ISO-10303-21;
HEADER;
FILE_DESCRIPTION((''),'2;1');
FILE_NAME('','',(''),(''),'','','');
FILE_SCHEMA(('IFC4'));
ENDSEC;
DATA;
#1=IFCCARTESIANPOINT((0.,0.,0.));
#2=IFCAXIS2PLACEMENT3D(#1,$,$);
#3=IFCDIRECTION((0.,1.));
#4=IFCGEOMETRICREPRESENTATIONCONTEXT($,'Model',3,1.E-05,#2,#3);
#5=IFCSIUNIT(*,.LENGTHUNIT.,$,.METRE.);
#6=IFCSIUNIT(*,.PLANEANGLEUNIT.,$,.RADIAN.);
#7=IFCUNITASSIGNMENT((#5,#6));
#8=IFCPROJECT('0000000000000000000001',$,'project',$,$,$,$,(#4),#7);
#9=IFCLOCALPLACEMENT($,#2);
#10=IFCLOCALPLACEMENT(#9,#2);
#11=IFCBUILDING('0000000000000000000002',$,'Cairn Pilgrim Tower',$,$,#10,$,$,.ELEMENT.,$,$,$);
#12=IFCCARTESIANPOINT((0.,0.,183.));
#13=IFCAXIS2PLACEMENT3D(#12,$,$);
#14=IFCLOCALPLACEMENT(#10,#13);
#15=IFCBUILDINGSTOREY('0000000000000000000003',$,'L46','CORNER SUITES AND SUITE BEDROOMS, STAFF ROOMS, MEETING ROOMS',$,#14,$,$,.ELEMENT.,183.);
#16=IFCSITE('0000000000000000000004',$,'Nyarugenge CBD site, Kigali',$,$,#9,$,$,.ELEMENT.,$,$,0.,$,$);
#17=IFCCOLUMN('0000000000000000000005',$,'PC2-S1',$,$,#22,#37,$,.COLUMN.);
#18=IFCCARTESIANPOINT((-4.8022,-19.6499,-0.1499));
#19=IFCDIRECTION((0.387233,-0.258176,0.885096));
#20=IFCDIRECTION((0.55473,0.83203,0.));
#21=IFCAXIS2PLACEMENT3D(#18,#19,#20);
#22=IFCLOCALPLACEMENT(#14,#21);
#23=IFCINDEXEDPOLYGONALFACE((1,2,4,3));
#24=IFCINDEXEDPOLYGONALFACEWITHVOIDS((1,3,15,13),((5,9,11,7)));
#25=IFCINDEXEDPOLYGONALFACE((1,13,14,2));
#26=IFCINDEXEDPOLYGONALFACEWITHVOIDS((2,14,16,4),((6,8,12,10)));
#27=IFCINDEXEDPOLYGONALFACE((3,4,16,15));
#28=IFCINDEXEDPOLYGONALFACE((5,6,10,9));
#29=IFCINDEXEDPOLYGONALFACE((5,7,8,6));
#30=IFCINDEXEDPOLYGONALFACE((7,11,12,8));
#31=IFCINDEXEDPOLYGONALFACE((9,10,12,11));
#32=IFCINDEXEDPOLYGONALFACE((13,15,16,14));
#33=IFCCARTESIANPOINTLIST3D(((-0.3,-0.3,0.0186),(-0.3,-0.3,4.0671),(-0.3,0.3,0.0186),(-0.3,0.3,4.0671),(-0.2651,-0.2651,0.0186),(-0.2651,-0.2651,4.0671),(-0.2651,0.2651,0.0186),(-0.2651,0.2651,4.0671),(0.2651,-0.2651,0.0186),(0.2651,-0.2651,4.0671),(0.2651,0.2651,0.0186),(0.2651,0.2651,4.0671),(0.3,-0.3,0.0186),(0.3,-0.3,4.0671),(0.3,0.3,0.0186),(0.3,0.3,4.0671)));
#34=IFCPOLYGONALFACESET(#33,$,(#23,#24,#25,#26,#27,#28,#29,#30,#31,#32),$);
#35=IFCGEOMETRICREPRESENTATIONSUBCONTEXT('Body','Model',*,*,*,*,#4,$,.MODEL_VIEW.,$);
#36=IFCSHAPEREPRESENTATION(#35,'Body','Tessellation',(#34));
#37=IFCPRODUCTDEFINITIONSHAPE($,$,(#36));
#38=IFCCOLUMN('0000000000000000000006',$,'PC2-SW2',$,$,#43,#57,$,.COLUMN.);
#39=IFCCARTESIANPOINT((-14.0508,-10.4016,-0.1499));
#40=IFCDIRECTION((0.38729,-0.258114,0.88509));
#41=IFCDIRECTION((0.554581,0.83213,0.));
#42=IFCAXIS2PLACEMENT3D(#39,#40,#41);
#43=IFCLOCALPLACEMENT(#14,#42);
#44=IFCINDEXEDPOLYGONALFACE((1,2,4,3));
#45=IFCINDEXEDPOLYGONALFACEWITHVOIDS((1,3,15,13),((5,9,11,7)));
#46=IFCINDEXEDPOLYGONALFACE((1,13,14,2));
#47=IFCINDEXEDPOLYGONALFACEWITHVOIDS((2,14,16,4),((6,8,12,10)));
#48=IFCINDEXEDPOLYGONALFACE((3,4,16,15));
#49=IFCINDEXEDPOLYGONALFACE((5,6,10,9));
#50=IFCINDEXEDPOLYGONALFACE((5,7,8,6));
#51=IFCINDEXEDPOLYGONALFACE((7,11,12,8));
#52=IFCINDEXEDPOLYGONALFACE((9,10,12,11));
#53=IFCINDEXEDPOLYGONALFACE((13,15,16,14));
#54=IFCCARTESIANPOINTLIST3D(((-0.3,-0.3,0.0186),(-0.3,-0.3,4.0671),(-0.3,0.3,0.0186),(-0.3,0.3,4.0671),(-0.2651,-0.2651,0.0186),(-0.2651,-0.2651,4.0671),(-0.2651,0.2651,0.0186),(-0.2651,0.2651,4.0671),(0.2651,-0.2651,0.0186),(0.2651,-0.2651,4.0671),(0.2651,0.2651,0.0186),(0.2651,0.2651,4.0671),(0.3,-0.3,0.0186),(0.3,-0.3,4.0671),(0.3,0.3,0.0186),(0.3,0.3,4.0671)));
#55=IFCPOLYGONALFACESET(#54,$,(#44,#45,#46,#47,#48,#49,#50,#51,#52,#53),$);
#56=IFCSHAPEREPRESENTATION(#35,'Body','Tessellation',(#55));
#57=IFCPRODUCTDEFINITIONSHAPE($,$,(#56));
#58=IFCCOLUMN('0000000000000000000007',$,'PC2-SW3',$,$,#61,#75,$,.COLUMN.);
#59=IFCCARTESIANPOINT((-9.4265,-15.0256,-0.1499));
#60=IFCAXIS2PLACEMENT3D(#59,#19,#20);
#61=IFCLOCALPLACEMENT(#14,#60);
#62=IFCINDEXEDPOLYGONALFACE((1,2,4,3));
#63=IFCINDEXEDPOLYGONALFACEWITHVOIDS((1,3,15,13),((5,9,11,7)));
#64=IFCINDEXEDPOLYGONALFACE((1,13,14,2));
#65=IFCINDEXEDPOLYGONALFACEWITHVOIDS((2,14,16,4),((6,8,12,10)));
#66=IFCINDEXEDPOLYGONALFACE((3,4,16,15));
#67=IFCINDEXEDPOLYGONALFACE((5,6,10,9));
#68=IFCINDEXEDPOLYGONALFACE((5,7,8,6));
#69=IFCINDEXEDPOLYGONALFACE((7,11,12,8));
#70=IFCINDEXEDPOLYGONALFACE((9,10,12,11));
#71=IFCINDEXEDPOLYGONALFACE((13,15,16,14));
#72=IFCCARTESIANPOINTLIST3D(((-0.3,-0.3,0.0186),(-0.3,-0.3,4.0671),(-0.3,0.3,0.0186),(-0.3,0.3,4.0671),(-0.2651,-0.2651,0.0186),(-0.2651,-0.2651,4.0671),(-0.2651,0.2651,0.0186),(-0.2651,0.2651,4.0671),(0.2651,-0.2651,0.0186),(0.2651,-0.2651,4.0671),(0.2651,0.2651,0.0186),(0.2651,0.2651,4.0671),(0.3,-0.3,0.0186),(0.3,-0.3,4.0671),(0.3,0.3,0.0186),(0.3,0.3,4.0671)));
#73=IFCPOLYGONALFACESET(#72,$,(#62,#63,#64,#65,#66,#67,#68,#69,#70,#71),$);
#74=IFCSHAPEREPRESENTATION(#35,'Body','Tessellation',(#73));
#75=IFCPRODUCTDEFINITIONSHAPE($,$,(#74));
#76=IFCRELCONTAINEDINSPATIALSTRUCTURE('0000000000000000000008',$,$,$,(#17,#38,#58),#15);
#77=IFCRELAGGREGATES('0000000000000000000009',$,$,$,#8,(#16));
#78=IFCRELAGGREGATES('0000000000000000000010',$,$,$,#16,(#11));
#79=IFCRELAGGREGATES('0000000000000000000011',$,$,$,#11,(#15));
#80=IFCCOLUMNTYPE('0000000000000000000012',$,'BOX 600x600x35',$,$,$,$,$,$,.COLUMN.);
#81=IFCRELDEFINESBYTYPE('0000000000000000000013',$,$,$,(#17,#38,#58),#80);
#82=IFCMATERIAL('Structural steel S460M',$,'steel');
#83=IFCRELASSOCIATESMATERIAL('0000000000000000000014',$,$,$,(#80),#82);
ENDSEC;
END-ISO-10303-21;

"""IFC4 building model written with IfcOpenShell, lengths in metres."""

from ifc_helpers import new_model, si_unit, direction, frame, origin, origin_2d, place, context, subcontext, project, spatial, hollow_rectangle, extrude, clip, halfspace, material, material_profile, profile_set, type_object, element, save


model = new_model("IFC4")

# Units and contexts
model_context = context("Model", 3, precision=1e-05, world=origin(), true_north=direction((0.0, 1.0)))
body_context = subcontext(model_context, "Body", "Model", "MODEL_VIEW")
ifc_project = project(units=[si_unit("LENGTHUNIT", "METRE"), si_unit("PLANEANGLEUNIT", "RADIAN")], contexts=[model_context])

# Site, building, storey
site_placement = place(None, origin())
site = spatial("IfcSite", under=ifc_project, at=site_placement, Name="Nyarugenge CBD site, Kigali", CompositionType="ELEMENT", RefElevation=0.0)
building_placement = place(site_placement, origin())
building = spatial("IfcBuilding", under=site, at=building_placement, Name="Cairn Pilgrim Tower", CompositionType="ELEMENT")
storey_placement = place(building_placement, frame((0.0, 0.0, 183.0)))
storey = spatial("IfcBuildingStorey", under=building, at=storey_placement, Name="L46", Description="CORNER SUITES AND SUITE BEDROOMS, STAFF ROOMS, MEETING ROOMS", CompositionType="ELEMENT", Elevation=183.0)

# Columns
ifc_material_1 = material(Name="Structural steel S460M", Category="steel")
ifc_material_profile_1 = material_profile(ifc_material_1, hollow_rectangle(XDim=0.6001, YDim=0.6001, WallThickness=0.0349, at=origin_2d()), Name="BOX 600x600x35")
ifc_profile_set_1 = profile_set([ifc_material_profile_1], Name="Structural steel S460M")
column_type = type_object("IfcColumnType", Name="BOX 600x600x35", PredefinedType="COLUMN", material=ifc_profile_set_1)
for number, where, z_axis, x_axis, name in (
    (1, (-4.8022, -19.6499, -0.1499), (0.387233, -0.258176, 0.885096), (0.55473, 0.83203, 0.0), "PC2-S1"),
    (2, (-14.0508, -10.4016, -0.1499), (0.38729, -0.258114, 0.88509), (0.554581, 0.83213, 0.0), "PC2-SW2"),
    (3, (-9.4265, -15.0256, -0.1499), (0.387233, -0.258176, 0.885096), (0.55473, 0.83203, 0.0), "PC2-SW3"),
):
    element("IfcColumn", number, at=place(storey_placement, frame(where, z_axis=z_axis, x_axis=x_axis)), inside=storey, type_object=column_type, Name=name, PredefinedType="COLUMN", context=body_context, shape_type="Clipping", body=[
        clip(extrude(hollow_rectangle(XDim=0.6001, YDim=0.6001, WallThickness=0.0349, at=origin_2d()), origin(), (0.0, 0.0, 1.0), 4.0671), halfspace(frame((0.0, 0.0, 0.0186), z_axis=(0.0, 0.0, 1.0), x_axis=(1.0, 0.0, 0.0)), True)),
    ])

save(model, "model.ifc")
